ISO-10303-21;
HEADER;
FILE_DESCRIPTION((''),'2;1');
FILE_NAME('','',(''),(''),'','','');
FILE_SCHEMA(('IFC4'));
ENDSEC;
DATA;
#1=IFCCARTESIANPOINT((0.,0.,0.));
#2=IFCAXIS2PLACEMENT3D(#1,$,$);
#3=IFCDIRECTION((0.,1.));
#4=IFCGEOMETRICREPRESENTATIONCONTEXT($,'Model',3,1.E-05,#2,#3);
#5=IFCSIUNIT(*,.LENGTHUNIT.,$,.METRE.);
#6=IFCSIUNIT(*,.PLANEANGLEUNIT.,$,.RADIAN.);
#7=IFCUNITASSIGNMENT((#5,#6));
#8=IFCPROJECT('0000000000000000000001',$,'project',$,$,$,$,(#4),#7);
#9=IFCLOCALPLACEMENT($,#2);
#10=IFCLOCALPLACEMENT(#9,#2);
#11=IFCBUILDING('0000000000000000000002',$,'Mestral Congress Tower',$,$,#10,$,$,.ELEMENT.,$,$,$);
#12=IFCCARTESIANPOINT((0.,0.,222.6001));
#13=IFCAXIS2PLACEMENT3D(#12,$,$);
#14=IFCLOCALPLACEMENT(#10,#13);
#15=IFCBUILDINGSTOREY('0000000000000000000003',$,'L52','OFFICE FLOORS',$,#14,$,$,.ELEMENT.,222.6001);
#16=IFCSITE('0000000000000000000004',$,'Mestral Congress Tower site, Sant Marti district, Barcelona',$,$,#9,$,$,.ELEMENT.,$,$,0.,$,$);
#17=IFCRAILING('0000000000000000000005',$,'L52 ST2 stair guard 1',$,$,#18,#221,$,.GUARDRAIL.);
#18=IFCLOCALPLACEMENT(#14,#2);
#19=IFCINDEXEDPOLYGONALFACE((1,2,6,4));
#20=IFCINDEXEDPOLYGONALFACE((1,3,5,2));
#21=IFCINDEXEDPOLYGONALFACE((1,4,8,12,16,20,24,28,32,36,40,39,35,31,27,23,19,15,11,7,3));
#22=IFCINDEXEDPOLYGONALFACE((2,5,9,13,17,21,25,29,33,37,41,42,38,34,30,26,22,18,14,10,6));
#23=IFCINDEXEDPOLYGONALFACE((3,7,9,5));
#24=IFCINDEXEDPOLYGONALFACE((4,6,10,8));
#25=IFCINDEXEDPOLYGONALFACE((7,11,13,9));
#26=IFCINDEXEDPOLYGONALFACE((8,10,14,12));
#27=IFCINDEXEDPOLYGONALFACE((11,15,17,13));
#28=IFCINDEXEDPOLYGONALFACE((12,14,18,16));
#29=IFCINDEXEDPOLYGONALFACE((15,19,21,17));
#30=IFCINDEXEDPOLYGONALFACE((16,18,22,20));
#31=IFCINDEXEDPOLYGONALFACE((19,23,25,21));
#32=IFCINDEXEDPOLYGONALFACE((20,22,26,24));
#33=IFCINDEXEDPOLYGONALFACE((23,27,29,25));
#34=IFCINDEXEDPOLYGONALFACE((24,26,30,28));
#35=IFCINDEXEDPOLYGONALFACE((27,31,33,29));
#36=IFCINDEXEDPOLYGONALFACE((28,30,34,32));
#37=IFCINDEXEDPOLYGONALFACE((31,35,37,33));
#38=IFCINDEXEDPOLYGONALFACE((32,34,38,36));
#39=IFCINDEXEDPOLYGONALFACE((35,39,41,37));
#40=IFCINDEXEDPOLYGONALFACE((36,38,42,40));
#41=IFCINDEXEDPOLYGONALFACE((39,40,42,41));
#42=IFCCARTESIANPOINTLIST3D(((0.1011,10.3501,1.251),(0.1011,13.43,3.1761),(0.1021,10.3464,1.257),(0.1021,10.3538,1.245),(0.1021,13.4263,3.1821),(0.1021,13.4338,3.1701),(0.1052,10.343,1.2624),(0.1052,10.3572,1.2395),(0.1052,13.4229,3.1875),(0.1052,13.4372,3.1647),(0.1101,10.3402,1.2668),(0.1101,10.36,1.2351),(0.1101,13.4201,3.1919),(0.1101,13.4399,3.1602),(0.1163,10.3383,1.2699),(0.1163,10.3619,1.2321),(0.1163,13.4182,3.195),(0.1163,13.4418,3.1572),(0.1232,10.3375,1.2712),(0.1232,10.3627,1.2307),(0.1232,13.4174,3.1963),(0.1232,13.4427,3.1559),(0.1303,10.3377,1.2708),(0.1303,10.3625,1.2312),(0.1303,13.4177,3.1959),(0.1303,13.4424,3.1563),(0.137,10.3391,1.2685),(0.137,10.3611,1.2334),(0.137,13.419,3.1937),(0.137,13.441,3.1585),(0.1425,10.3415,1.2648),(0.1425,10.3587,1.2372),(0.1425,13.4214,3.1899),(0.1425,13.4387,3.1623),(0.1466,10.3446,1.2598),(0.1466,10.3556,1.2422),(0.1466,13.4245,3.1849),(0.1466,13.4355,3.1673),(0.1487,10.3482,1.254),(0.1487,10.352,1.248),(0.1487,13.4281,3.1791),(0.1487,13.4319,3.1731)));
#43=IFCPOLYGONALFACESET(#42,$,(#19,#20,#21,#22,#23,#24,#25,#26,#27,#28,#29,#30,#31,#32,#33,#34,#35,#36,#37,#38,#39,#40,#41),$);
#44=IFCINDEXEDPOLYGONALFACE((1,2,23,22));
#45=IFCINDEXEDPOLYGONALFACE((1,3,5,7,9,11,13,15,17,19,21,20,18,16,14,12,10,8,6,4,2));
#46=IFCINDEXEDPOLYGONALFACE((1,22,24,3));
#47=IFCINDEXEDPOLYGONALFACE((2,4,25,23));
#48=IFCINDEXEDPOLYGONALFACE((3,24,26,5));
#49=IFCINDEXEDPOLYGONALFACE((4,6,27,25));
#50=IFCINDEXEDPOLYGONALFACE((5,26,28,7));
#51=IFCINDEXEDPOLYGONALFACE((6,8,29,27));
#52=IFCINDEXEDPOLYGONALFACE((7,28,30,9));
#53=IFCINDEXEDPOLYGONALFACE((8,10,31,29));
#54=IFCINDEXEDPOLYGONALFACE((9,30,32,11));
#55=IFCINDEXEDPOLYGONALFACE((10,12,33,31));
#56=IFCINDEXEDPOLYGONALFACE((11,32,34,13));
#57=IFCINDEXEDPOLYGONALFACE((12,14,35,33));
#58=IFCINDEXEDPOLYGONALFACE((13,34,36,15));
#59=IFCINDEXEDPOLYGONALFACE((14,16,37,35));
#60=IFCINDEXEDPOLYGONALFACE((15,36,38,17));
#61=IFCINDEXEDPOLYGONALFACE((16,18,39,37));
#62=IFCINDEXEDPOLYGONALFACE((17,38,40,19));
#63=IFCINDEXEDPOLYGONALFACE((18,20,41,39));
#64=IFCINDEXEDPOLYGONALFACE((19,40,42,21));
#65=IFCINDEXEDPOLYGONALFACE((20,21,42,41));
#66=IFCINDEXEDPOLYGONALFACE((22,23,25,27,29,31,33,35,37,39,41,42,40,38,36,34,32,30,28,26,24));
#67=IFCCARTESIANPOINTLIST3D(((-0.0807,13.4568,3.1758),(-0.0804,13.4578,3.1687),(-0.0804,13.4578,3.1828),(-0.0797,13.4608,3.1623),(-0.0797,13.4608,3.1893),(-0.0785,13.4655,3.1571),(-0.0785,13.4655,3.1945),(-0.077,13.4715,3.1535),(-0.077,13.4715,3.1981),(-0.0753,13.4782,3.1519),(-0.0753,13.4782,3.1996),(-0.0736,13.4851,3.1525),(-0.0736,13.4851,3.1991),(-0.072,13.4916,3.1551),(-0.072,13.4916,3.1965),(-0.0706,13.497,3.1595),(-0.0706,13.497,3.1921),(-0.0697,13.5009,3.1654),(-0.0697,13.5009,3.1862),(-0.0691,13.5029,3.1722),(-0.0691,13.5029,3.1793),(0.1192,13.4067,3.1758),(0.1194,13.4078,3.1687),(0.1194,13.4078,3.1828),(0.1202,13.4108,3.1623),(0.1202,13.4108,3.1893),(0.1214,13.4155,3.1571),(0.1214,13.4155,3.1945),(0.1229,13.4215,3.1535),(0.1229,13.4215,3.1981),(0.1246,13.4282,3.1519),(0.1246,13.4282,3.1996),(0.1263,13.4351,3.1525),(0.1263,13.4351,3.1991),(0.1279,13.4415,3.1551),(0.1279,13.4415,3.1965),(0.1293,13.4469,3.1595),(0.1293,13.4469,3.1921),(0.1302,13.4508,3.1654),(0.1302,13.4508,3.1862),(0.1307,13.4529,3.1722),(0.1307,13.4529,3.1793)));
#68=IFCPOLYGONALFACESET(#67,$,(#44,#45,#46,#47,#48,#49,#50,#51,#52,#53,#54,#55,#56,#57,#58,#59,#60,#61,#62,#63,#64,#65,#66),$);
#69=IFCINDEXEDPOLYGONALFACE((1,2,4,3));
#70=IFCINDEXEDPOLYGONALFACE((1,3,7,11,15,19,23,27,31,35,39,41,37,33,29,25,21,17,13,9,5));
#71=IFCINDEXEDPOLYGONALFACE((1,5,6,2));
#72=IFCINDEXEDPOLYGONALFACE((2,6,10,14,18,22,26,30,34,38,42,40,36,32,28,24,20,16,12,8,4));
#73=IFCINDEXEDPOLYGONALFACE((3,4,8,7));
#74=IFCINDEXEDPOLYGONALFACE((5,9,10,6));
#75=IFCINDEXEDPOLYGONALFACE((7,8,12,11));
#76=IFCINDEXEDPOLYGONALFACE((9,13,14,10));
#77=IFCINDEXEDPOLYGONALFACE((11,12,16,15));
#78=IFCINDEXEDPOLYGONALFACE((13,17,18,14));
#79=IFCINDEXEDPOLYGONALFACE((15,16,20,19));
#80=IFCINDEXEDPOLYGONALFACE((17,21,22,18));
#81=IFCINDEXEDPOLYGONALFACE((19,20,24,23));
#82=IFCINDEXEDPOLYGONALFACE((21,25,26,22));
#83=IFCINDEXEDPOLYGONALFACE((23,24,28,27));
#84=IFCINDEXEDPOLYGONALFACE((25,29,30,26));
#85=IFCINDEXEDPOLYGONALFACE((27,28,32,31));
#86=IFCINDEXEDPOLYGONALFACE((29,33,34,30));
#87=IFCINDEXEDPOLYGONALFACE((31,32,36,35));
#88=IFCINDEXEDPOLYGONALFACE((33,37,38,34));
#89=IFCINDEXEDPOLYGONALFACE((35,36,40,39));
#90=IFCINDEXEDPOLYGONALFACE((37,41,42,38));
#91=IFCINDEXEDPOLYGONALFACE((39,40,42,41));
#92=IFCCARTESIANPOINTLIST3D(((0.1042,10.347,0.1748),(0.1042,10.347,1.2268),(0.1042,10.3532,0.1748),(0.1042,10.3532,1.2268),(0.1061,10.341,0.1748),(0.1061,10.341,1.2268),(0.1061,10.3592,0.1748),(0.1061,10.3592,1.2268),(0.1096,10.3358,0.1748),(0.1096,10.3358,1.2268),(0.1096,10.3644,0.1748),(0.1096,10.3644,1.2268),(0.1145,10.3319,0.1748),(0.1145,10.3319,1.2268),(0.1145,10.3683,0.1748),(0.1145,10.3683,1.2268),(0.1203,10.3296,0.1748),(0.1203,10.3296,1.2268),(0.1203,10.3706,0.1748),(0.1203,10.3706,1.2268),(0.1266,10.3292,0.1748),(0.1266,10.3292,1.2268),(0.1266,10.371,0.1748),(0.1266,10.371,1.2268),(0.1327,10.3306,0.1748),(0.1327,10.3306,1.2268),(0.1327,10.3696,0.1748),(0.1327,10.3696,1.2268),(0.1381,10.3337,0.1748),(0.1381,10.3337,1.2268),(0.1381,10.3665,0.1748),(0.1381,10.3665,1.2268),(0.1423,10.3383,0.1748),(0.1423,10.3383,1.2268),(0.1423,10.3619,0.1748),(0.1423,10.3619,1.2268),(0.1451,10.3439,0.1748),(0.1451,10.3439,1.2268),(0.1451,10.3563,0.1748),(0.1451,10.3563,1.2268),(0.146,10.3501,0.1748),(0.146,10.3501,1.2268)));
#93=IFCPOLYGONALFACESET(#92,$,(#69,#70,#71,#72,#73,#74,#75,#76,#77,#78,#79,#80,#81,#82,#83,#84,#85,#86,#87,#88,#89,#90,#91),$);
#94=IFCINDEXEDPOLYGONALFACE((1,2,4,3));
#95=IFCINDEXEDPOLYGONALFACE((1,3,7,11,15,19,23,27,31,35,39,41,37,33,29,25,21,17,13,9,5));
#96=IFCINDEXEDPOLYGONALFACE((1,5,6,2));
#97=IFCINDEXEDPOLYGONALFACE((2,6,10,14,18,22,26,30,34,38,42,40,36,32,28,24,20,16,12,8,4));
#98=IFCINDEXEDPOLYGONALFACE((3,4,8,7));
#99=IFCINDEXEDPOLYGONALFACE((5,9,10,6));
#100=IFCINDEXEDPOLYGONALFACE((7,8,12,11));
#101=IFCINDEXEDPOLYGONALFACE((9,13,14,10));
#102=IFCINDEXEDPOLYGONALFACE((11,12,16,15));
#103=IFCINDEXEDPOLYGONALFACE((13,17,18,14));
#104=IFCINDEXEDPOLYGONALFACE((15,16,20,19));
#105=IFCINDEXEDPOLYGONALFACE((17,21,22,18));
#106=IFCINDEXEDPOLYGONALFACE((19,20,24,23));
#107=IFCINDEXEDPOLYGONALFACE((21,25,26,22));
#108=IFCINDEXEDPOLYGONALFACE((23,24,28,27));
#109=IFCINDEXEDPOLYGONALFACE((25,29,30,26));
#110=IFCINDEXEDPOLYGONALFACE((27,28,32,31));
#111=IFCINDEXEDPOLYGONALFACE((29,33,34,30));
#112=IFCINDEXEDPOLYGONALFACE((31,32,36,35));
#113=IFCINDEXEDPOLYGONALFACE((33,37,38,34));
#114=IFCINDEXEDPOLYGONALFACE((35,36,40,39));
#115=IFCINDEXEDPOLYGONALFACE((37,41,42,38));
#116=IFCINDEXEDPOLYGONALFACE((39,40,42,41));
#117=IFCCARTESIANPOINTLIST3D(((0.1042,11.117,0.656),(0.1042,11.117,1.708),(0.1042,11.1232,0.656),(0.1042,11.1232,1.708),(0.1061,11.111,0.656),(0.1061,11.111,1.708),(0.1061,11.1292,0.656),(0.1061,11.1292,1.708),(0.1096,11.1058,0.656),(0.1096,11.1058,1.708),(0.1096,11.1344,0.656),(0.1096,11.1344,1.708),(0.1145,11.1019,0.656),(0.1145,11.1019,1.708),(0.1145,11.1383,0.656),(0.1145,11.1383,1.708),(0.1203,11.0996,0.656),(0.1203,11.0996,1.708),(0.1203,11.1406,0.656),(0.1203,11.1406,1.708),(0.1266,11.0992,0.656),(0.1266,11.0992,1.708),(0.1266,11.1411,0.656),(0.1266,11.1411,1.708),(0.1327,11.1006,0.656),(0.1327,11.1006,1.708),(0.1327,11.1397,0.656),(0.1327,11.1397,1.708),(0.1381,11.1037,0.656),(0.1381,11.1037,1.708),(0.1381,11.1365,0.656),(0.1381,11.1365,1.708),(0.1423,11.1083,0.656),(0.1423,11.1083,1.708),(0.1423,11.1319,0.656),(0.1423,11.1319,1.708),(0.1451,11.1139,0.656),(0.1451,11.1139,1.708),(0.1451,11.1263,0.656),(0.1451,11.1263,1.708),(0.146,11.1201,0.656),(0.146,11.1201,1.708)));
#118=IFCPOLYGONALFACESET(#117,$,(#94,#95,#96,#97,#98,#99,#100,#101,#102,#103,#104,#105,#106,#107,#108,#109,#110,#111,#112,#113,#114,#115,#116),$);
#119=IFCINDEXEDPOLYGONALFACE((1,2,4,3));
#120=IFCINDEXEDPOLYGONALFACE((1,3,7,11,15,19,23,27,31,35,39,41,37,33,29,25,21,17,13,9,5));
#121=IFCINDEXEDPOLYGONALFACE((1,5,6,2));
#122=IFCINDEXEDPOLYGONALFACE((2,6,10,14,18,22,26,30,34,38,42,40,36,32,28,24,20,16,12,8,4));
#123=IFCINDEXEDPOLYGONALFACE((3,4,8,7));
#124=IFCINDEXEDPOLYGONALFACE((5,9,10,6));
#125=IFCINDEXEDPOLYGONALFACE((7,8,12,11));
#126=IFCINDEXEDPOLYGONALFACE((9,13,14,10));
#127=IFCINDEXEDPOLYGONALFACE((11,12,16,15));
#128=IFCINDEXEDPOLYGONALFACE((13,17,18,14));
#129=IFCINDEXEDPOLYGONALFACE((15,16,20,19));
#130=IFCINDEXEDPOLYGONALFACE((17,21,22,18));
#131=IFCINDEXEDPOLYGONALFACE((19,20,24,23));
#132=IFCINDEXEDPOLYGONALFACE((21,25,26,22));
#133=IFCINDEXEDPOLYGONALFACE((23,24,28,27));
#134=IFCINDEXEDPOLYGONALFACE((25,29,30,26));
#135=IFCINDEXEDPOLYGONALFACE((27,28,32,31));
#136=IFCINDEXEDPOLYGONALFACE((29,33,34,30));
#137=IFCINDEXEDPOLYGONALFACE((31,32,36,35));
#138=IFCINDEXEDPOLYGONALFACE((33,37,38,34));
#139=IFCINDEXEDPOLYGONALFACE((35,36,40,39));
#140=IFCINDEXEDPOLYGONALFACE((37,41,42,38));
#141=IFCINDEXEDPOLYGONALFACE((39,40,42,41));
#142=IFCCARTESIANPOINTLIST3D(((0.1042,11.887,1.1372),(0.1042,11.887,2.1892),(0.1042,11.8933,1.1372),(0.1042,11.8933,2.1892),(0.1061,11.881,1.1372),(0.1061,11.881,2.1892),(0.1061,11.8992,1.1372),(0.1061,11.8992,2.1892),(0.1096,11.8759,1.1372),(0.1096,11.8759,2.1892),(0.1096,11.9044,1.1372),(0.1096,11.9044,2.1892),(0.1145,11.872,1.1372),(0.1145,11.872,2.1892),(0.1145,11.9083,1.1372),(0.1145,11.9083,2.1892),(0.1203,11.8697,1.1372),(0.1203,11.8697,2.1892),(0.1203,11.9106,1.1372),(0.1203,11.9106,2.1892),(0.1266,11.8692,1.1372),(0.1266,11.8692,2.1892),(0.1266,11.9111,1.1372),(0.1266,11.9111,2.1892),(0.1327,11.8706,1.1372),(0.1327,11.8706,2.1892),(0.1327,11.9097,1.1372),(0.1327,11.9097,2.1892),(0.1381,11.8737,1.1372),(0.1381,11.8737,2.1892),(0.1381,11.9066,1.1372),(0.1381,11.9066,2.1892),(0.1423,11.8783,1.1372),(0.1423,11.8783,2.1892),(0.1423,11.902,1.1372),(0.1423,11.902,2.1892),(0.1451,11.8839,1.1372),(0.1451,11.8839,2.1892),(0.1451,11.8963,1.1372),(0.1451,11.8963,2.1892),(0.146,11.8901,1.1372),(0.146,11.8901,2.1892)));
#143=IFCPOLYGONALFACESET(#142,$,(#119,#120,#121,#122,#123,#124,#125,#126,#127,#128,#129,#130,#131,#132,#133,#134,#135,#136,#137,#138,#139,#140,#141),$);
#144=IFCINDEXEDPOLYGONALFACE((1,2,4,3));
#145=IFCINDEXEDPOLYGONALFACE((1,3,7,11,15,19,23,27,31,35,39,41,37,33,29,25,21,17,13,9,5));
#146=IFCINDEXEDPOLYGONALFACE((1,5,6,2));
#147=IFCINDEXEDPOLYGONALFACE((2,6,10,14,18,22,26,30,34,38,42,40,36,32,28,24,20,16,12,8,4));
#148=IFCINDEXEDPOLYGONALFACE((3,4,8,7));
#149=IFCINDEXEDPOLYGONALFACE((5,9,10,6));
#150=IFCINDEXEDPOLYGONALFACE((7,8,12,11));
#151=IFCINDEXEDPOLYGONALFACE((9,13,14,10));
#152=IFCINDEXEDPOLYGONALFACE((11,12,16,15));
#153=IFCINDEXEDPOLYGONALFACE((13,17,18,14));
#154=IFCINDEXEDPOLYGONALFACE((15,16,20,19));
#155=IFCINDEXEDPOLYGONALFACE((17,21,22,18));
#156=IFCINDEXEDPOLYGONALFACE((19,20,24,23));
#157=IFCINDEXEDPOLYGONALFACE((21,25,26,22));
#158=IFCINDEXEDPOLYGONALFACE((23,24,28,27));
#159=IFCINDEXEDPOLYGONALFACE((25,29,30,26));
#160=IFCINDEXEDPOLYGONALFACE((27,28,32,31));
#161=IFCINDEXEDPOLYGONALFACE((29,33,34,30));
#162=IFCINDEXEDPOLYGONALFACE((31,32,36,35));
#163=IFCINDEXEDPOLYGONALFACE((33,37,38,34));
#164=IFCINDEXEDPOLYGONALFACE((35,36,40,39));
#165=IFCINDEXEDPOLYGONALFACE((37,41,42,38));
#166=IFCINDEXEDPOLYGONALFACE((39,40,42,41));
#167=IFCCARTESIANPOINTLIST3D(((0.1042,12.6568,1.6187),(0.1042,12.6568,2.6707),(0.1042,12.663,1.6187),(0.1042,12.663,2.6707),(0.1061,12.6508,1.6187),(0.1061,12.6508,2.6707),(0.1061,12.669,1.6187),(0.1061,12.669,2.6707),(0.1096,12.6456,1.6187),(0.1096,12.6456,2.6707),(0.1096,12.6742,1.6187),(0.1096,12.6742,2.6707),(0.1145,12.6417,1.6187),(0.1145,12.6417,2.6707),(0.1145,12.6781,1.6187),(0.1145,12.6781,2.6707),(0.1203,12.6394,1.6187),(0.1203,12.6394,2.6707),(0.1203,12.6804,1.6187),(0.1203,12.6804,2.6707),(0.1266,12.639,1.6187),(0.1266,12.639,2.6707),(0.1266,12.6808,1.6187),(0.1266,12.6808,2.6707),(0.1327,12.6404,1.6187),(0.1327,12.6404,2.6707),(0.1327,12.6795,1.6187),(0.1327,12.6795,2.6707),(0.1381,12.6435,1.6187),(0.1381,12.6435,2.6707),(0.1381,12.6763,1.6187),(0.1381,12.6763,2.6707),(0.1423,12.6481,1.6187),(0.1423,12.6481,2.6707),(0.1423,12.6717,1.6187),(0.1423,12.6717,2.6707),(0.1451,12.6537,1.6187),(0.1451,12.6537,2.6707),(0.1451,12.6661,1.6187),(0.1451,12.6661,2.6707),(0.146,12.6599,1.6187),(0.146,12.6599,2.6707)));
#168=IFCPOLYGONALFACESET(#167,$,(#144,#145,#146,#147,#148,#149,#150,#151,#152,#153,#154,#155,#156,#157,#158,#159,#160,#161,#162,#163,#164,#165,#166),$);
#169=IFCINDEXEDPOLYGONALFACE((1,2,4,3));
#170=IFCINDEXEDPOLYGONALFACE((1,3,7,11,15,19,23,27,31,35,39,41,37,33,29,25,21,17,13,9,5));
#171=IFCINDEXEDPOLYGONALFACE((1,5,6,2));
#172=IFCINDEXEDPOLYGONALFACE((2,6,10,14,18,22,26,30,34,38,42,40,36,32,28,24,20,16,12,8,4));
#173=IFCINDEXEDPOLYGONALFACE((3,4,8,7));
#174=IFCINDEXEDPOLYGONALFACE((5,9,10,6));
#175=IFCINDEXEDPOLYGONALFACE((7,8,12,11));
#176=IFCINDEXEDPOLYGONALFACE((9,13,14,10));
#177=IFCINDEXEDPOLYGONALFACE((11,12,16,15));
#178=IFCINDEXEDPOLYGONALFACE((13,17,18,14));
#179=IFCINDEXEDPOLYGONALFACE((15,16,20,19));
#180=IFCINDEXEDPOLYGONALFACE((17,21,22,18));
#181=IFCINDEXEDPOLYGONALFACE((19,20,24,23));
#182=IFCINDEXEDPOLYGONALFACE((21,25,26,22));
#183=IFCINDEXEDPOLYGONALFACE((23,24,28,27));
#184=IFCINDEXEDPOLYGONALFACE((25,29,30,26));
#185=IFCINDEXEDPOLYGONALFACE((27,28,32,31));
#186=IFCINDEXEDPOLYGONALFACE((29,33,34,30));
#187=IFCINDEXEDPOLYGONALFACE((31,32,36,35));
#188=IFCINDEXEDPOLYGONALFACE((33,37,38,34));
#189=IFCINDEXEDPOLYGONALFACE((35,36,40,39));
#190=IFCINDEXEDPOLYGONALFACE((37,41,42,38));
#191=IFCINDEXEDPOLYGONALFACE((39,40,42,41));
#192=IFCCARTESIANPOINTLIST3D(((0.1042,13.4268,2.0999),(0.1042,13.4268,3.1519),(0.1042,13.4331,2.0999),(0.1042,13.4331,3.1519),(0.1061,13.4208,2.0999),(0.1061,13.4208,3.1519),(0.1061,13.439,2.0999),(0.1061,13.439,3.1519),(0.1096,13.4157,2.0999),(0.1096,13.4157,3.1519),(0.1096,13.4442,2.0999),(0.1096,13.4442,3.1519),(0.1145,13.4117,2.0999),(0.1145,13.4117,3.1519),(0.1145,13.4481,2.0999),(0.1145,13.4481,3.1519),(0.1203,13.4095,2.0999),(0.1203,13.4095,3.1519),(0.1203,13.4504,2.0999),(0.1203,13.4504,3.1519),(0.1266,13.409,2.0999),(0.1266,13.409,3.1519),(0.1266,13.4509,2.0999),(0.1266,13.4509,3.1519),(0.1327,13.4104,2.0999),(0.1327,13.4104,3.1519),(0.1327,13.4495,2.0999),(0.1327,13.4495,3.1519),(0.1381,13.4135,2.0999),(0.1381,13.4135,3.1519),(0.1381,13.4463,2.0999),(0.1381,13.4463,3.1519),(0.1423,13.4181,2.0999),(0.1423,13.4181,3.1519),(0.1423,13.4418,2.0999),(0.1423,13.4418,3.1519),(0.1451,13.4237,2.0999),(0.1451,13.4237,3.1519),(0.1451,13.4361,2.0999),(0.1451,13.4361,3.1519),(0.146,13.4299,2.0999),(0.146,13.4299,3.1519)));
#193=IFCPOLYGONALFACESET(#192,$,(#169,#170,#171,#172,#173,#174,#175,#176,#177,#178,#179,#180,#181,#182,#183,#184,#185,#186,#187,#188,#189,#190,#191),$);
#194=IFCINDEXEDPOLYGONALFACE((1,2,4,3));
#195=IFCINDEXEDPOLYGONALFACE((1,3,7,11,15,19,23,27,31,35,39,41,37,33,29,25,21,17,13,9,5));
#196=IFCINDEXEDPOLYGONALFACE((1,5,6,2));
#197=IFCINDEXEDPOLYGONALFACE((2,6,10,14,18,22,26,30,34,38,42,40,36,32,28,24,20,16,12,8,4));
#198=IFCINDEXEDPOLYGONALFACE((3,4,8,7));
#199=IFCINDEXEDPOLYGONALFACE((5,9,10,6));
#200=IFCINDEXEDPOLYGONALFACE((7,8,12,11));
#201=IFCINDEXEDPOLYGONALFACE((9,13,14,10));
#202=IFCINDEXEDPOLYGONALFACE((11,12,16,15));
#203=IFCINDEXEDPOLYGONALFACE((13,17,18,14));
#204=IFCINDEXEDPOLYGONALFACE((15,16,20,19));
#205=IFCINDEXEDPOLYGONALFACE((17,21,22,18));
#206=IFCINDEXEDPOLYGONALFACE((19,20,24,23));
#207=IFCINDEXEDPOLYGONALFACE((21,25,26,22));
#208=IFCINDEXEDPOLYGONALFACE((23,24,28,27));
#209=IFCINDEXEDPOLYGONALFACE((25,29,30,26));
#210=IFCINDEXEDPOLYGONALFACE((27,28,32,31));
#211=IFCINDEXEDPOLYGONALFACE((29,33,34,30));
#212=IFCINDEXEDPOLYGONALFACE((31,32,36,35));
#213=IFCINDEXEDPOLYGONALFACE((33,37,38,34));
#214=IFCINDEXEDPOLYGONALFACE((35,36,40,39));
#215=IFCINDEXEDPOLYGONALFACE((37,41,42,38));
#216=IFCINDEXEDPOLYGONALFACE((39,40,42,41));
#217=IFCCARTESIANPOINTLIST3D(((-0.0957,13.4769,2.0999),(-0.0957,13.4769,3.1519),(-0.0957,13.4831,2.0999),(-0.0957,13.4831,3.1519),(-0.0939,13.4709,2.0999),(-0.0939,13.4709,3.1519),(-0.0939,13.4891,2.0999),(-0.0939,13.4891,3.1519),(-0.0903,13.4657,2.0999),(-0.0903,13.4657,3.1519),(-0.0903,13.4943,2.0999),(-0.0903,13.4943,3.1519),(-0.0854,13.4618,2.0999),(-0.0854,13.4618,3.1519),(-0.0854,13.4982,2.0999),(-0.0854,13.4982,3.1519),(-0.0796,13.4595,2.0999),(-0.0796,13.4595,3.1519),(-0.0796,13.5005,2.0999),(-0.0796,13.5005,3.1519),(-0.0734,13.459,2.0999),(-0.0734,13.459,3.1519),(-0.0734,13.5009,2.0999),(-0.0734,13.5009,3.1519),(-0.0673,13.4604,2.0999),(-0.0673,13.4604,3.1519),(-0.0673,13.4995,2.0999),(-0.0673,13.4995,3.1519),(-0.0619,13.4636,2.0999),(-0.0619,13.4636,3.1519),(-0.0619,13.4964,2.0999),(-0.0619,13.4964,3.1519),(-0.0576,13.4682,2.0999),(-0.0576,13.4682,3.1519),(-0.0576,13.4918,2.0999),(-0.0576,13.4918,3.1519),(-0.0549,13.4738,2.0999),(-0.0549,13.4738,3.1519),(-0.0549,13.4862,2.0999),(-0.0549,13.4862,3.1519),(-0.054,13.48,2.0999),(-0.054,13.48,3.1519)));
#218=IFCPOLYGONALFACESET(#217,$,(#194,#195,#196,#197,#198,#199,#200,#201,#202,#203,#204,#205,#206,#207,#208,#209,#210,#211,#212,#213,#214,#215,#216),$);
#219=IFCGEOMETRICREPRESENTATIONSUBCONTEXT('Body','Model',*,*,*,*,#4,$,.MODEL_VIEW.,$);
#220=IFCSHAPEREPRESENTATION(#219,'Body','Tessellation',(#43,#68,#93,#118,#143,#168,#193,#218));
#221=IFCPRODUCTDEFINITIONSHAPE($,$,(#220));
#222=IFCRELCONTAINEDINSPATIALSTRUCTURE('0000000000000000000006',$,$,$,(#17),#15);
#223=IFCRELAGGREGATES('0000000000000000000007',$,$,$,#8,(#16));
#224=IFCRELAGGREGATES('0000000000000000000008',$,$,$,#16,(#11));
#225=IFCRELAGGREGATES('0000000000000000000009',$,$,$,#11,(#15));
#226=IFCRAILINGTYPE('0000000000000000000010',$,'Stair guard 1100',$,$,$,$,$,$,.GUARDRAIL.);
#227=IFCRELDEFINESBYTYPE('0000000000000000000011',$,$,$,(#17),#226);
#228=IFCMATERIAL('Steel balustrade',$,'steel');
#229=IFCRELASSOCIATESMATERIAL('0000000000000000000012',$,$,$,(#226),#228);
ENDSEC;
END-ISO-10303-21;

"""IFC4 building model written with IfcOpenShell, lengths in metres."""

from ifc_helpers import new_model, si_unit, direction, frame, origin, origin_2d, place, context, subcontext, project, spatial, circle, extrude, material, type_object, element, save


model = new_model("IFC4")

# Units and contexts
model_context = context("Model", 3, precision=1e-05, world=origin(), true_north=direction((0.0, 1.0)))
body_context = subcontext(model_context, "Body", "Model", "MODEL_VIEW")
ifc_project = project(units=[si_unit("LENGTHUNIT", "METRE"), si_unit("PLANEANGLEUNIT", "RADIAN")], contexts=[model_context])

# Site, building, storey
site_placement = place(None, origin())
site = spatial("IfcSite", under=ifc_project, at=site_placement, Name="Mestral Congress Tower site, Sant Marti district, Barcelona", CompositionType="ELEMENT", RefElevation=0.0)
building_placement = place(site_placement, origin())
building = spatial("IfcBuilding", under=site, at=building_placement, Name="Mestral Congress Tower", CompositionType="ELEMENT")
storey_placement = place(building_placement, frame((0.0, 0.0, 222.6001)))
storey = spatial("IfcBuildingStorey", under=building, at=storey_placement, Name="L52", Description="OFFICE FLOORS", CompositionType="ELEMENT", Elevation=222.6001)

# Railing
ifc_material_1 = material(Name="Steel balustrade", Category="steel")
railing_type_1 = type_object("IfcRailingType", Name="Stair guard 1100", PredefinedType="GUARDRAIL", material=ifc_material_1)
railing_1_placement = place(storey_placement, frame((0.125, 10.3501, 0.1748)))
element("IfcRailing", 1, at=railing_1_placement, inside=storey, type_object=railing_type_1, Name="L52 ST2 stair guard 1", PredefinedType="GUARDRAIL", context=body_context, shape_type="SweptSolid", body=[
    extrude(circle(Radius=0.0239, at=origin_2d()), frame((0.0, 0.0, 1.0762), z_axis=(0.0, 0.847979, 0.530029), x_axis=(-1.0, 0.0, 0.0)), (0.0, 0.0, 1.0), 3.6321),
    extrude(circle(Radius=0.0239, at=origin_2d()), frame((0.0, 3.0798, 3.001), z_axis=(-0.970073, 0.242814, 0.0), x_axis=(-0.242814, -0.970073, 0.0)), (0.0, 0.0, 1.0), 0.2061),
    extrude(circle(Radius=0.021, at=origin_2d()), origin(), (0.0, 0.0, 1.0), 1.052),
    extrude(circle(Radius=0.021, at=origin_2d()), frame((0.0, 0.77, 0.4812)), (0.0, 0.0, 1.0), 1.052),
    extrude(circle(Radius=0.021, at=origin_2d()), frame((0.0, 1.54, 0.9624)), (0.0, 0.0, 1.0), 1.052),
    extrude(circle(Radius=0.021, at=origin_2d()), frame((0.0, 2.3098, 1.4438)), (0.0, 0.0, 1.0), 1.052),
    extrude(circle(Radius=0.021, at=origin_2d()), frame((0.0, 3.0798, 1.925)), (0.0, 0.0, 1.0), 1.052),
    extrude(circle(Radius=0.021, at=origin_2d()), frame((-0.2, 3.1299, 1.925)), (0.0, 0.0, 1.0), 1.052),
])

save(model, "model.ifc")
